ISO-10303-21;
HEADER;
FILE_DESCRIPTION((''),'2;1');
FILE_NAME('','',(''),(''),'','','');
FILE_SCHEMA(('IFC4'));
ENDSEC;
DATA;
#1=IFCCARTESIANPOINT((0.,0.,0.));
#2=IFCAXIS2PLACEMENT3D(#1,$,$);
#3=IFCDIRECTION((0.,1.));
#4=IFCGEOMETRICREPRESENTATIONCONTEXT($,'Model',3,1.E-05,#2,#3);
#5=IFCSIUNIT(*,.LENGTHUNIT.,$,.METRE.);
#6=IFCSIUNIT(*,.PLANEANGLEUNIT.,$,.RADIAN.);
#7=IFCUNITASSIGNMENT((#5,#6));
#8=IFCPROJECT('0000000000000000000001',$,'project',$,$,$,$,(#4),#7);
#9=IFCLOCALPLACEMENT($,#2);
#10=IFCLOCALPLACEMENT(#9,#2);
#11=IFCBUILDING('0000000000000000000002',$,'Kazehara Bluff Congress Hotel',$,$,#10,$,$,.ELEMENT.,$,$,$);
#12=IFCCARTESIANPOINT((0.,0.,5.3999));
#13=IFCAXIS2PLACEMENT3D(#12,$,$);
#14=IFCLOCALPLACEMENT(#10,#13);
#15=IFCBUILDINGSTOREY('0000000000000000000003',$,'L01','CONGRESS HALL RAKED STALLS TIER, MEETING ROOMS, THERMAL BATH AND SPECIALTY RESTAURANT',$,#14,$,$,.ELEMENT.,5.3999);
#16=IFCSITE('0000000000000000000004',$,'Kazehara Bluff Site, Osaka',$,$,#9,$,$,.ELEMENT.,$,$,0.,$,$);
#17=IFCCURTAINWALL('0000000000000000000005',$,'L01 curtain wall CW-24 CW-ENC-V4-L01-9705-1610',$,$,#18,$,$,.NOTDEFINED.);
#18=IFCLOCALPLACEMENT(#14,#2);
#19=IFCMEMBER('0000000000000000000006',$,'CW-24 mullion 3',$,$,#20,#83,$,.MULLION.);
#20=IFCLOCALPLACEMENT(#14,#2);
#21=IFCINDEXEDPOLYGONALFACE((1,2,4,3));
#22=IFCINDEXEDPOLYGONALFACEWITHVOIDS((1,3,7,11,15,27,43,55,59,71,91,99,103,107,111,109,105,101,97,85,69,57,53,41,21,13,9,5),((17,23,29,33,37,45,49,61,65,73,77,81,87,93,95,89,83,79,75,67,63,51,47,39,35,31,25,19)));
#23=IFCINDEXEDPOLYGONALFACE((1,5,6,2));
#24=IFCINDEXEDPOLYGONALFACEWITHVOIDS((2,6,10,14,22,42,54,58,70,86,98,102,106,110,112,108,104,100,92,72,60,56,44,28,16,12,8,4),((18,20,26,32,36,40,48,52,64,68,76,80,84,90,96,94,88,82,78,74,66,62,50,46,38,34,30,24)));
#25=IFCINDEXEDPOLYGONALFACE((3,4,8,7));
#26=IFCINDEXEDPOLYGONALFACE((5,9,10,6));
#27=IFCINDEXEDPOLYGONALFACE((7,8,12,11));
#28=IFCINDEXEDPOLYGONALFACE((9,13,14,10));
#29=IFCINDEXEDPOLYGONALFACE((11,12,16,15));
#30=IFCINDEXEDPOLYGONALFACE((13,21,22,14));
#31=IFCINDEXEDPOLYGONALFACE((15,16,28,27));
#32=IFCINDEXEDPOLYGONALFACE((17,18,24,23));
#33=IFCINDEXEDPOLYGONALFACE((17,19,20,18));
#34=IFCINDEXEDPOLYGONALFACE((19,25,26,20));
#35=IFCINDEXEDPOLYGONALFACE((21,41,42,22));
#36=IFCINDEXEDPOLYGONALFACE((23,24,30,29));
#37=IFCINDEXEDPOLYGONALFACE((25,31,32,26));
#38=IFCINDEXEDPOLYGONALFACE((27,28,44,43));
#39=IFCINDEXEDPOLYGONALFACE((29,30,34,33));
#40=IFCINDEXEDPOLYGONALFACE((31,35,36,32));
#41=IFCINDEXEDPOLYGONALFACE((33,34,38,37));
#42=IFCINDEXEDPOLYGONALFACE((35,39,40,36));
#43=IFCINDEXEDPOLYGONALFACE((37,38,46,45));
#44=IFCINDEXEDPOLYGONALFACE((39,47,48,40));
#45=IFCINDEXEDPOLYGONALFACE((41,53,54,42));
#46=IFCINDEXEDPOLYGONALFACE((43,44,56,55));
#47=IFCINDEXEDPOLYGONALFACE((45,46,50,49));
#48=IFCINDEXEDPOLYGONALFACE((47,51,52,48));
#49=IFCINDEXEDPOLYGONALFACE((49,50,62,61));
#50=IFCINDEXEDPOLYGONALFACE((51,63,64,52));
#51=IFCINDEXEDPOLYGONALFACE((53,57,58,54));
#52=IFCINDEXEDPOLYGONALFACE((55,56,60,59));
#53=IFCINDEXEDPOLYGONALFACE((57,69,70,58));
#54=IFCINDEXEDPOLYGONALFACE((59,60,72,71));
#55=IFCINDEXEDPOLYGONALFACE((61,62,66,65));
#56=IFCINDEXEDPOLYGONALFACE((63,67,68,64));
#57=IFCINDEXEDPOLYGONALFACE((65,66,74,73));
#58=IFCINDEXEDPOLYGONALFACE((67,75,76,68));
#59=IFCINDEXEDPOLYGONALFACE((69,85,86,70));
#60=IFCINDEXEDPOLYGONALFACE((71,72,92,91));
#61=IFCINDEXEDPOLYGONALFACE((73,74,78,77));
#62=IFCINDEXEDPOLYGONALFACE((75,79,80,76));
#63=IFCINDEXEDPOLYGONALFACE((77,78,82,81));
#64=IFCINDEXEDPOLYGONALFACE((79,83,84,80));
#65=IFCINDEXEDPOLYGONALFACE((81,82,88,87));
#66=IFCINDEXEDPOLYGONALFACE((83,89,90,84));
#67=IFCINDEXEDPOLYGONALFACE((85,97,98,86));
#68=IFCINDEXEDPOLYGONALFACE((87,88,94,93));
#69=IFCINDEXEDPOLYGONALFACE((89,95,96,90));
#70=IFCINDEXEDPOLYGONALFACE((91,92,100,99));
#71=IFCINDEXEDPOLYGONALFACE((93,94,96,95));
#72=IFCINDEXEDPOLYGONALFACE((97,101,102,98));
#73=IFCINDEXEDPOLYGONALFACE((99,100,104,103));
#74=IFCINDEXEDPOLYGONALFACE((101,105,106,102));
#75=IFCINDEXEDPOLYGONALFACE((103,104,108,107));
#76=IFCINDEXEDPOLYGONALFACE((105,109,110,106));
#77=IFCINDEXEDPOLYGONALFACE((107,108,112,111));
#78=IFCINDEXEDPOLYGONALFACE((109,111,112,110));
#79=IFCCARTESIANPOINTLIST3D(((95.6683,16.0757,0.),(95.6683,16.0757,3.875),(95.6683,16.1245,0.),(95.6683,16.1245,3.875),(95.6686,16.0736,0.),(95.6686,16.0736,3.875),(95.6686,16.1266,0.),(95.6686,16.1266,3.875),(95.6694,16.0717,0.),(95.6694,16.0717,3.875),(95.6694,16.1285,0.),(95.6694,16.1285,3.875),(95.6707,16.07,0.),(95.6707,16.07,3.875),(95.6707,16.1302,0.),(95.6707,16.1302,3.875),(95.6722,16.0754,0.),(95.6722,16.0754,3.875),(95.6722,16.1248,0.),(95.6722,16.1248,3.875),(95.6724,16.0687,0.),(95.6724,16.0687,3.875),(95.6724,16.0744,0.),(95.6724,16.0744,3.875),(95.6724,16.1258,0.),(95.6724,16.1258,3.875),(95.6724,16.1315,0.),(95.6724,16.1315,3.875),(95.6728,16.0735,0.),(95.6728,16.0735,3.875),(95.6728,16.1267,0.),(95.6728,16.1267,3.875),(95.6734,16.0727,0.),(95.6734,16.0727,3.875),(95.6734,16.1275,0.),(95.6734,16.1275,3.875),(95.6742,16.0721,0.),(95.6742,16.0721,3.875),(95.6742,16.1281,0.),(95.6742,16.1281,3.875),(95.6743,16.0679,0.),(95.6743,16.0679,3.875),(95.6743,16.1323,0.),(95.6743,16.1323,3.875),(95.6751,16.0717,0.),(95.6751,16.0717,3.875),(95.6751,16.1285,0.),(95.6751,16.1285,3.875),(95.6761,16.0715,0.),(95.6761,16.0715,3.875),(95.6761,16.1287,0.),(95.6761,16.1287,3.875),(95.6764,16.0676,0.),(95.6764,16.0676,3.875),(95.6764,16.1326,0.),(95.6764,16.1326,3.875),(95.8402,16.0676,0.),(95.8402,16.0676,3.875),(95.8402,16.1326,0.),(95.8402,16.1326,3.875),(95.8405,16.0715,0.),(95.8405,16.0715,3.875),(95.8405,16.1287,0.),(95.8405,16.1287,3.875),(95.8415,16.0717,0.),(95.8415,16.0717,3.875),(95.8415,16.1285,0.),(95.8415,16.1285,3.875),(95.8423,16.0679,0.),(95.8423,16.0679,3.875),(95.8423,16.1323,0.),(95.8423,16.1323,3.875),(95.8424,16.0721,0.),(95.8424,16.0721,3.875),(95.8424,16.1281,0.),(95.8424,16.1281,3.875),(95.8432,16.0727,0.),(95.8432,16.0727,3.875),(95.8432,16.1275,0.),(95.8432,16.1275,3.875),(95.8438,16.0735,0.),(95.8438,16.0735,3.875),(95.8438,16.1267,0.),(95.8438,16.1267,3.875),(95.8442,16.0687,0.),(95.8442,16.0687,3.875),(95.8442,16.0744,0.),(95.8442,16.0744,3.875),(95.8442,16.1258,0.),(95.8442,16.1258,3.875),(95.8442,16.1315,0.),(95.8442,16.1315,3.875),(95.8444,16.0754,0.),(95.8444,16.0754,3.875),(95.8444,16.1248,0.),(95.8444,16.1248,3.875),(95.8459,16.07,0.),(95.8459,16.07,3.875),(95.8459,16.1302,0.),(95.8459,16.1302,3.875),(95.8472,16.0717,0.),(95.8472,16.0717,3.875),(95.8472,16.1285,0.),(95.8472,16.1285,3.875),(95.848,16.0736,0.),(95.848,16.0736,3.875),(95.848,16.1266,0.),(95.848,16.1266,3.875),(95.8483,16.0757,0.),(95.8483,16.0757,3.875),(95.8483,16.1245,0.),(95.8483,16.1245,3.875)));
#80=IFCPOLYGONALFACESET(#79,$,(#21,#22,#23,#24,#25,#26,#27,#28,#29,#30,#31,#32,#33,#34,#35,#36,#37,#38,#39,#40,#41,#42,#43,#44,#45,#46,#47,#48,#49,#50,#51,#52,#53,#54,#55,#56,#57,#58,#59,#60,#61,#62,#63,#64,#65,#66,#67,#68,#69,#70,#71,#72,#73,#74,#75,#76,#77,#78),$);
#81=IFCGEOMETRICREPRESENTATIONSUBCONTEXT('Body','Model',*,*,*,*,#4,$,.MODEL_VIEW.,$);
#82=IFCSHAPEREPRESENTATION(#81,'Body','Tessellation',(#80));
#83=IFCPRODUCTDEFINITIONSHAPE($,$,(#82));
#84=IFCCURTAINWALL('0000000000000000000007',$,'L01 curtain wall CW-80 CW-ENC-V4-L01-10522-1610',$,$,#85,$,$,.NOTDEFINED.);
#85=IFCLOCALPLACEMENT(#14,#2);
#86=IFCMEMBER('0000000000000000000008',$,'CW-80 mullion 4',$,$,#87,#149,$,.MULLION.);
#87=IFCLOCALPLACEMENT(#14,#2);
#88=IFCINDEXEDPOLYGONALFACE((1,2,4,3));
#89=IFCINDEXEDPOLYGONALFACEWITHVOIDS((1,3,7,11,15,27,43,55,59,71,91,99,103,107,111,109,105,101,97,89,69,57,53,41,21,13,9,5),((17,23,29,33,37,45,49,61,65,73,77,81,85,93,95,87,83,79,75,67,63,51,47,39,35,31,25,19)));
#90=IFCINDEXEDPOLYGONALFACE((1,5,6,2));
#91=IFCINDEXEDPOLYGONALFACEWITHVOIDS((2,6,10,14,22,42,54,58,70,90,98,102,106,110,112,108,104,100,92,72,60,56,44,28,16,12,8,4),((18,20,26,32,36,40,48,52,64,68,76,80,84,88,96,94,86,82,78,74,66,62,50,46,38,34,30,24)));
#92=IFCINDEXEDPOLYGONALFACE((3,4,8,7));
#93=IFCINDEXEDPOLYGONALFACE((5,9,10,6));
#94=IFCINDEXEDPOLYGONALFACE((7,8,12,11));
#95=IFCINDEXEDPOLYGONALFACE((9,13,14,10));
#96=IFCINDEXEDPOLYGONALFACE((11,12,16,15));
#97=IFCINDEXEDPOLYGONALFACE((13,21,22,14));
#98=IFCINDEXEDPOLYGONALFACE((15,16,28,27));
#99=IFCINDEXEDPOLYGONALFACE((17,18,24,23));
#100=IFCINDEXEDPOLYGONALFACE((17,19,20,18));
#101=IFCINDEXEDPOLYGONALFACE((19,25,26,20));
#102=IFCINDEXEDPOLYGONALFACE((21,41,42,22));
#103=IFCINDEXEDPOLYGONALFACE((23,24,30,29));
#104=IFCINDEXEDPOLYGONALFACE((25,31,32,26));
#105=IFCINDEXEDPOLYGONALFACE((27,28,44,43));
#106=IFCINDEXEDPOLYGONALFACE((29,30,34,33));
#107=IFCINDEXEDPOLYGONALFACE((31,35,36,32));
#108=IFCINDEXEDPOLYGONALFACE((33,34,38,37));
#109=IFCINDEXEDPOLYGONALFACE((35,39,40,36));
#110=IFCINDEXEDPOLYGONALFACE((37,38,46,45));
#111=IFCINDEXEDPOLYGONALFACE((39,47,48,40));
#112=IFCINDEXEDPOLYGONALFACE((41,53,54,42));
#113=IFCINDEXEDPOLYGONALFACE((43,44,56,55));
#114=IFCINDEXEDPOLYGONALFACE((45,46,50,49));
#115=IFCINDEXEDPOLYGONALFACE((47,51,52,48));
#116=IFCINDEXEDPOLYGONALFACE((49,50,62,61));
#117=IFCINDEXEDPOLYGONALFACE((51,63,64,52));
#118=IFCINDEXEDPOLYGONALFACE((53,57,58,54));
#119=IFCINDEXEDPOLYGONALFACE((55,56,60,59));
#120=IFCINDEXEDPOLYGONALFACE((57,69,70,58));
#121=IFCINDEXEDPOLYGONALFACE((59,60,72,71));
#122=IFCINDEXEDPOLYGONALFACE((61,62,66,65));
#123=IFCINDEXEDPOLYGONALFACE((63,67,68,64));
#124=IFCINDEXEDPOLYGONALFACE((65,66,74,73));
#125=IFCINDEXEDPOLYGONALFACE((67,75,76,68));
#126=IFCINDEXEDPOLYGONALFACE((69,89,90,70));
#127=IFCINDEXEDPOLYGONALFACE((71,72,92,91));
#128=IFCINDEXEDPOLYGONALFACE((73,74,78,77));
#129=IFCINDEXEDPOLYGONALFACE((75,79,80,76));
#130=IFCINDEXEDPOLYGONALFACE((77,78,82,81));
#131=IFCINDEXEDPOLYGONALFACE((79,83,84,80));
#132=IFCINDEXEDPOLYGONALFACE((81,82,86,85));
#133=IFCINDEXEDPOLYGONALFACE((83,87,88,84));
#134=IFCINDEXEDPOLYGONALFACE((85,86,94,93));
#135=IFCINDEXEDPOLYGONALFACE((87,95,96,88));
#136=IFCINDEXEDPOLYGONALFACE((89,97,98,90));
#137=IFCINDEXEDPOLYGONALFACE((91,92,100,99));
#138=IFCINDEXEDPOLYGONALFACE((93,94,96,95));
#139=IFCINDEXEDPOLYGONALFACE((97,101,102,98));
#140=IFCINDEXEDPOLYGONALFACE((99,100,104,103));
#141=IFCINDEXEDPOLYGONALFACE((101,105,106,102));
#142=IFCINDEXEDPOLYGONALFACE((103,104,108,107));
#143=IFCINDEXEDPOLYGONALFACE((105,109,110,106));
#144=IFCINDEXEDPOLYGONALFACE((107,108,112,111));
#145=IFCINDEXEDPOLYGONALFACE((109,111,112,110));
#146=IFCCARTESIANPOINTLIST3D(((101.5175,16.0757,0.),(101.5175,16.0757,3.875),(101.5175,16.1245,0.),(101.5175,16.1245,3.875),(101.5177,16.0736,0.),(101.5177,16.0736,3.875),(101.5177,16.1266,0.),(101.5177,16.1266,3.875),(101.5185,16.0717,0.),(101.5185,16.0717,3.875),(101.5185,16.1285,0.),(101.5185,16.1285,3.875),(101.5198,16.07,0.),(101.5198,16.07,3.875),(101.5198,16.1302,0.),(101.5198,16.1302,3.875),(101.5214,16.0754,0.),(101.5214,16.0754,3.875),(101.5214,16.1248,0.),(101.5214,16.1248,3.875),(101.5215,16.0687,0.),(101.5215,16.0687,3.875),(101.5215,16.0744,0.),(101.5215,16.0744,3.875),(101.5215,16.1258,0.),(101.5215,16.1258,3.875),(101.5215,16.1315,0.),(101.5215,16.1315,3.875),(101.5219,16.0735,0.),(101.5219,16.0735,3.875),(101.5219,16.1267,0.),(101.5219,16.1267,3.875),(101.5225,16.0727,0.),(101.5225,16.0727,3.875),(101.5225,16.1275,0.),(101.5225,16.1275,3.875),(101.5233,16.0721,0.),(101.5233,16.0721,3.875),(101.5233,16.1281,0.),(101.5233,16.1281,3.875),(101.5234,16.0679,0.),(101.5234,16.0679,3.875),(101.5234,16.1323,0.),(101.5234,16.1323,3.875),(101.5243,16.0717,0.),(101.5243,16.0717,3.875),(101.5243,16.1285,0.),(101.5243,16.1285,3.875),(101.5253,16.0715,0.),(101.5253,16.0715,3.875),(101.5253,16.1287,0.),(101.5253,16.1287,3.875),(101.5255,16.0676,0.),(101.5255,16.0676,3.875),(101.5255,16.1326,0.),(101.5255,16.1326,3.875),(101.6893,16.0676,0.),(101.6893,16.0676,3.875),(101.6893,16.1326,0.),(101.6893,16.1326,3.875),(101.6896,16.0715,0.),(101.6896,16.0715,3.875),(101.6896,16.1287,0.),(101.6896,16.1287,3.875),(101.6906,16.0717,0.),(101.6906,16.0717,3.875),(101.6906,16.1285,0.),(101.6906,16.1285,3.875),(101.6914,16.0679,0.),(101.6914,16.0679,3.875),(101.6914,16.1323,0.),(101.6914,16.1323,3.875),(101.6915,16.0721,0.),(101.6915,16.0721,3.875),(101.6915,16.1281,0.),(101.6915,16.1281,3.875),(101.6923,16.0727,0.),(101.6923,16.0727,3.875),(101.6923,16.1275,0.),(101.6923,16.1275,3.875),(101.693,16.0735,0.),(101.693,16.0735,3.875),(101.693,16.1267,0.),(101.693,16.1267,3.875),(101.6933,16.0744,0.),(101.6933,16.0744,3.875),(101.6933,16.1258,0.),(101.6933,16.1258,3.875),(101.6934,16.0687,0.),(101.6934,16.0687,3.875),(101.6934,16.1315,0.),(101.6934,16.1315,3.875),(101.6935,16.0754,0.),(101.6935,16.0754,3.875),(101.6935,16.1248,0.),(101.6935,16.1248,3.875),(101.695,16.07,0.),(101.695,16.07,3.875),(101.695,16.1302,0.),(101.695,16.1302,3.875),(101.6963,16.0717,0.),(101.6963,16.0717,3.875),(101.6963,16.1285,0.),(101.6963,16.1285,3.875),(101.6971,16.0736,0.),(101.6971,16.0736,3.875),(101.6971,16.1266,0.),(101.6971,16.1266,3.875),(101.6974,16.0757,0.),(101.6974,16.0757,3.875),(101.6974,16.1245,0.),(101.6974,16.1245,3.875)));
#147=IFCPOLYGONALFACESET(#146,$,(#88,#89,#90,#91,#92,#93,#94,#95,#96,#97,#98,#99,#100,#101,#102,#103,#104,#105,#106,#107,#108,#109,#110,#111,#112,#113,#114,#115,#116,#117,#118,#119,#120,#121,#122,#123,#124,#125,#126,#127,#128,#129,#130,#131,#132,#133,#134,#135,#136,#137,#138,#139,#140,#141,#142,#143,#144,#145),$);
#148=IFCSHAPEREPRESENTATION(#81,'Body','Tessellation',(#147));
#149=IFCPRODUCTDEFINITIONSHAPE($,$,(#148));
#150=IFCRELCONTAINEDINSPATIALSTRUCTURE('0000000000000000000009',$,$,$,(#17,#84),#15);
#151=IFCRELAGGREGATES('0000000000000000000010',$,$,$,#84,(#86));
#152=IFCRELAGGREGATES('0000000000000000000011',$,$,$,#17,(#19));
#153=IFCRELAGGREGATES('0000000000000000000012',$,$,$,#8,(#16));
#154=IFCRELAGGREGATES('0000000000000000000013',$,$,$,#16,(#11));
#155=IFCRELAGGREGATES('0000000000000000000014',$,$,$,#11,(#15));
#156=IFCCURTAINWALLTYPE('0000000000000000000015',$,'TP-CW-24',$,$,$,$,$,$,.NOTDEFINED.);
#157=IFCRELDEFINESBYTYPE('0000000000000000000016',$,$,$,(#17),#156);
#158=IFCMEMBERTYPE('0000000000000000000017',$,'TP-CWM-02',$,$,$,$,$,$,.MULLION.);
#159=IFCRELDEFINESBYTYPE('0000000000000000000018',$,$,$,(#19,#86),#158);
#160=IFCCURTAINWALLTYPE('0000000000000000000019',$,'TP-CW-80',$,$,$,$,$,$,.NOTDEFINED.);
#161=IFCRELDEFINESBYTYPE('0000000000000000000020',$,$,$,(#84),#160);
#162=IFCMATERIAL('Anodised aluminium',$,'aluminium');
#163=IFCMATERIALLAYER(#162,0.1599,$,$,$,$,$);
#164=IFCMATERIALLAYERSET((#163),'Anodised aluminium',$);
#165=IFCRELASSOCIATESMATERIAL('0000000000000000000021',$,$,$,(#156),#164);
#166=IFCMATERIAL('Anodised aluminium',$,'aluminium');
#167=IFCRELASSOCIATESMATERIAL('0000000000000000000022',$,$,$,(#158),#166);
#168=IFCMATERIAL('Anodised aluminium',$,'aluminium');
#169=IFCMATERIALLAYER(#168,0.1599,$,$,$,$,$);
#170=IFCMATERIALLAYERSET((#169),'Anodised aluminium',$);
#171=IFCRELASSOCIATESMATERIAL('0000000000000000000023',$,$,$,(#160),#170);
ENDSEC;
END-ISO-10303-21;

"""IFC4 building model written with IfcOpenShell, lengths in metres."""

from ifc_helpers import new_model, si_unit, direction, frame, origin, origin_2d, place, context, subcontext, project, spatial, hollow_rectangle, extrude, material, layer, layer_set, material_profile, profile_set, type_object, element, aggregate, save


model = new_model("IFC4")

# Units and contexts
model_context = context("Model", 3, precision=1e-05, world=origin(), true_north=direction((0.0, 1.0)))
body_context = subcontext(model_context, "Body", "Model", "MODEL_VIEW")
ifc_project = project(units=[si_unit("LENGTHUNIT", "METRE"), si_unit("PLANEANGLEUNIT", "RADIAN")], contexts=[model_context])

# Site, building, storey
site_placement = place(None, origin())
site = spatial("IfcSite", under=ifc_project, at=site_placement, Name="Kazehara Bluff Site, Osaka", CompositionType="ELEMENT", RefElevation=0.0)
building_placement = place(site_placement, origin())
building = spatial("IfcBuilding", under=site, at=building_placement, Name="Kazehara Bluff Congress Hotel", CompositionType="ELEMENT")
storey_placement = place(building_placement, frame((0.0, 0.0, 5.3999)))
storey = spatial("IfcBuildingStorey", under=building, at=storey_placement, Name="L01", Description="CONGRESS HALL RAKED STALLS TIER, MEETING ROOMS, THERMAL BATH AND SPECIALTY RESTAURANT", CompositionType="ELEMENT", Elevation=5.3999)

# Curtain wall, member
ifc_material_1 = material(Name="Anodised aluminium", Category="aluminium")
ifc_layer_1 = layer(ifc_material_1, 0.1599)
ifc_layer_set_1 = layer_set([ifc_layer_1], Name="Anodised aluminium")
curtain_wall_type_1 = type_object("IfcCurtainWallType", Name="TP-CW-24", PredefinedType="NOTDEFINED", material=ifc_layer_set_1)
curtain_wall_1_placement = place(storey_placement, origin())
curtain_wall_1 = element("IfcCurtainWall", 1, at=curtain_wall_1_placement, inside=storey, type_object=curtain_wall_type_1, Name="L01 curtain wall CW-24 CW-ENC-V4-L01-9705-1610", PredefinedType="NOTDEFINED")
ifc_material_2 = material(Name="Anodised aluminium", Category="aluminium")
ifc_material_profile_1 = material_profile(ifc_material_2, hollow_rectangle(XDim=0.0649, YDim=0.1799, WallThickness=0.0039, InnerFilletRadius=0.0039, OuterFilletRadius=0.0081, at=origin_2d()))
ifc_profile_set_1 = profile_set([ifc_material_profile_1], Name="Anodised aluminium")
member_type_1 = type_object("IfcMemberType", Name="TP-CWM-02", PredefinedType="MULLION", material=ifc_profile_set_1)
member_1_placement = place(storey_placement, frame((95.7583, 16.1001, 0.0), z_axis=(0.0, 0.0, 1.0), x_axis=(0.0, -1.0, 0.0)))
member_1 = element("IfcMember", 2, at=member_1_placement, type_object=member_type_1, Name="CW-24 mullion 3", PredefinedType="MULLION", context=body_context, shape_type="SweptSolid", body=[
    extrude(hollow_rectangle(XDim=0.0649, YDim=0.1799, WallThickness=0.0039, InnerFilletRadius=0.0039, OuterFilletRadius=0.0081, at=origin_2d()), origin(), (0.0, 0.0, 1.0), 3.875),
])

# Curtain wall, member
ifc_material_3 = material(Name="Anodised aluminium", Category="aluminium")
ifc_layer_2 = layer(ifc_material_3, 0.1599)
ifc_layer_set_2 = layer_set([ifc_layer_2], Name="Anodised aluminium")
curtain_wall_type_2 = type_object("IfcCurtainWallType", Name="TP-CW-80", PredefinedType="NOTDEFINED", material=ifc_layer_set_2)
curtain_wall_2_placement = place(storey_placement, origin())
curtain_wall_2 = element("IfcCurtainWall", 3, at=curtain_wall_2_placement, inside=storey, type_object=curtain_wall_type_2, Name="L01 curtain wall CW-80 CW-ENC-V4-L01-10522-1610", PredefinedType="NOTDEFINED")
member_2_placement = place(storey_placement, frame((101.6074, 16.1001, 0.0), z_axis=(0.0, 0.0, 1.0), x_axis=(0.0, -1.0, 0.0)))
member_2 = element("IfcMember", 4, at=member_2_placement, type_object=member_type_1, Name="CW-80 mullion 4", PredefinedType="MULLION", context=body_context, shape_type="SweptSolid", body=[
    extrude(hollow_rectangle(XDim=0.0649, YDim=0.1799, WallThickness=0.0039, InnerFilletRadius=0.0039, OuterFilletRadius=0.0081, at=origin_2d()), origin(), (0.0, 0.0, 1.0), 3.875),
])
aggregate(curtain_wall_2, [member_2])

aggregate(curtain_wall_1, [member_1])

save(model, "model.ifc")
